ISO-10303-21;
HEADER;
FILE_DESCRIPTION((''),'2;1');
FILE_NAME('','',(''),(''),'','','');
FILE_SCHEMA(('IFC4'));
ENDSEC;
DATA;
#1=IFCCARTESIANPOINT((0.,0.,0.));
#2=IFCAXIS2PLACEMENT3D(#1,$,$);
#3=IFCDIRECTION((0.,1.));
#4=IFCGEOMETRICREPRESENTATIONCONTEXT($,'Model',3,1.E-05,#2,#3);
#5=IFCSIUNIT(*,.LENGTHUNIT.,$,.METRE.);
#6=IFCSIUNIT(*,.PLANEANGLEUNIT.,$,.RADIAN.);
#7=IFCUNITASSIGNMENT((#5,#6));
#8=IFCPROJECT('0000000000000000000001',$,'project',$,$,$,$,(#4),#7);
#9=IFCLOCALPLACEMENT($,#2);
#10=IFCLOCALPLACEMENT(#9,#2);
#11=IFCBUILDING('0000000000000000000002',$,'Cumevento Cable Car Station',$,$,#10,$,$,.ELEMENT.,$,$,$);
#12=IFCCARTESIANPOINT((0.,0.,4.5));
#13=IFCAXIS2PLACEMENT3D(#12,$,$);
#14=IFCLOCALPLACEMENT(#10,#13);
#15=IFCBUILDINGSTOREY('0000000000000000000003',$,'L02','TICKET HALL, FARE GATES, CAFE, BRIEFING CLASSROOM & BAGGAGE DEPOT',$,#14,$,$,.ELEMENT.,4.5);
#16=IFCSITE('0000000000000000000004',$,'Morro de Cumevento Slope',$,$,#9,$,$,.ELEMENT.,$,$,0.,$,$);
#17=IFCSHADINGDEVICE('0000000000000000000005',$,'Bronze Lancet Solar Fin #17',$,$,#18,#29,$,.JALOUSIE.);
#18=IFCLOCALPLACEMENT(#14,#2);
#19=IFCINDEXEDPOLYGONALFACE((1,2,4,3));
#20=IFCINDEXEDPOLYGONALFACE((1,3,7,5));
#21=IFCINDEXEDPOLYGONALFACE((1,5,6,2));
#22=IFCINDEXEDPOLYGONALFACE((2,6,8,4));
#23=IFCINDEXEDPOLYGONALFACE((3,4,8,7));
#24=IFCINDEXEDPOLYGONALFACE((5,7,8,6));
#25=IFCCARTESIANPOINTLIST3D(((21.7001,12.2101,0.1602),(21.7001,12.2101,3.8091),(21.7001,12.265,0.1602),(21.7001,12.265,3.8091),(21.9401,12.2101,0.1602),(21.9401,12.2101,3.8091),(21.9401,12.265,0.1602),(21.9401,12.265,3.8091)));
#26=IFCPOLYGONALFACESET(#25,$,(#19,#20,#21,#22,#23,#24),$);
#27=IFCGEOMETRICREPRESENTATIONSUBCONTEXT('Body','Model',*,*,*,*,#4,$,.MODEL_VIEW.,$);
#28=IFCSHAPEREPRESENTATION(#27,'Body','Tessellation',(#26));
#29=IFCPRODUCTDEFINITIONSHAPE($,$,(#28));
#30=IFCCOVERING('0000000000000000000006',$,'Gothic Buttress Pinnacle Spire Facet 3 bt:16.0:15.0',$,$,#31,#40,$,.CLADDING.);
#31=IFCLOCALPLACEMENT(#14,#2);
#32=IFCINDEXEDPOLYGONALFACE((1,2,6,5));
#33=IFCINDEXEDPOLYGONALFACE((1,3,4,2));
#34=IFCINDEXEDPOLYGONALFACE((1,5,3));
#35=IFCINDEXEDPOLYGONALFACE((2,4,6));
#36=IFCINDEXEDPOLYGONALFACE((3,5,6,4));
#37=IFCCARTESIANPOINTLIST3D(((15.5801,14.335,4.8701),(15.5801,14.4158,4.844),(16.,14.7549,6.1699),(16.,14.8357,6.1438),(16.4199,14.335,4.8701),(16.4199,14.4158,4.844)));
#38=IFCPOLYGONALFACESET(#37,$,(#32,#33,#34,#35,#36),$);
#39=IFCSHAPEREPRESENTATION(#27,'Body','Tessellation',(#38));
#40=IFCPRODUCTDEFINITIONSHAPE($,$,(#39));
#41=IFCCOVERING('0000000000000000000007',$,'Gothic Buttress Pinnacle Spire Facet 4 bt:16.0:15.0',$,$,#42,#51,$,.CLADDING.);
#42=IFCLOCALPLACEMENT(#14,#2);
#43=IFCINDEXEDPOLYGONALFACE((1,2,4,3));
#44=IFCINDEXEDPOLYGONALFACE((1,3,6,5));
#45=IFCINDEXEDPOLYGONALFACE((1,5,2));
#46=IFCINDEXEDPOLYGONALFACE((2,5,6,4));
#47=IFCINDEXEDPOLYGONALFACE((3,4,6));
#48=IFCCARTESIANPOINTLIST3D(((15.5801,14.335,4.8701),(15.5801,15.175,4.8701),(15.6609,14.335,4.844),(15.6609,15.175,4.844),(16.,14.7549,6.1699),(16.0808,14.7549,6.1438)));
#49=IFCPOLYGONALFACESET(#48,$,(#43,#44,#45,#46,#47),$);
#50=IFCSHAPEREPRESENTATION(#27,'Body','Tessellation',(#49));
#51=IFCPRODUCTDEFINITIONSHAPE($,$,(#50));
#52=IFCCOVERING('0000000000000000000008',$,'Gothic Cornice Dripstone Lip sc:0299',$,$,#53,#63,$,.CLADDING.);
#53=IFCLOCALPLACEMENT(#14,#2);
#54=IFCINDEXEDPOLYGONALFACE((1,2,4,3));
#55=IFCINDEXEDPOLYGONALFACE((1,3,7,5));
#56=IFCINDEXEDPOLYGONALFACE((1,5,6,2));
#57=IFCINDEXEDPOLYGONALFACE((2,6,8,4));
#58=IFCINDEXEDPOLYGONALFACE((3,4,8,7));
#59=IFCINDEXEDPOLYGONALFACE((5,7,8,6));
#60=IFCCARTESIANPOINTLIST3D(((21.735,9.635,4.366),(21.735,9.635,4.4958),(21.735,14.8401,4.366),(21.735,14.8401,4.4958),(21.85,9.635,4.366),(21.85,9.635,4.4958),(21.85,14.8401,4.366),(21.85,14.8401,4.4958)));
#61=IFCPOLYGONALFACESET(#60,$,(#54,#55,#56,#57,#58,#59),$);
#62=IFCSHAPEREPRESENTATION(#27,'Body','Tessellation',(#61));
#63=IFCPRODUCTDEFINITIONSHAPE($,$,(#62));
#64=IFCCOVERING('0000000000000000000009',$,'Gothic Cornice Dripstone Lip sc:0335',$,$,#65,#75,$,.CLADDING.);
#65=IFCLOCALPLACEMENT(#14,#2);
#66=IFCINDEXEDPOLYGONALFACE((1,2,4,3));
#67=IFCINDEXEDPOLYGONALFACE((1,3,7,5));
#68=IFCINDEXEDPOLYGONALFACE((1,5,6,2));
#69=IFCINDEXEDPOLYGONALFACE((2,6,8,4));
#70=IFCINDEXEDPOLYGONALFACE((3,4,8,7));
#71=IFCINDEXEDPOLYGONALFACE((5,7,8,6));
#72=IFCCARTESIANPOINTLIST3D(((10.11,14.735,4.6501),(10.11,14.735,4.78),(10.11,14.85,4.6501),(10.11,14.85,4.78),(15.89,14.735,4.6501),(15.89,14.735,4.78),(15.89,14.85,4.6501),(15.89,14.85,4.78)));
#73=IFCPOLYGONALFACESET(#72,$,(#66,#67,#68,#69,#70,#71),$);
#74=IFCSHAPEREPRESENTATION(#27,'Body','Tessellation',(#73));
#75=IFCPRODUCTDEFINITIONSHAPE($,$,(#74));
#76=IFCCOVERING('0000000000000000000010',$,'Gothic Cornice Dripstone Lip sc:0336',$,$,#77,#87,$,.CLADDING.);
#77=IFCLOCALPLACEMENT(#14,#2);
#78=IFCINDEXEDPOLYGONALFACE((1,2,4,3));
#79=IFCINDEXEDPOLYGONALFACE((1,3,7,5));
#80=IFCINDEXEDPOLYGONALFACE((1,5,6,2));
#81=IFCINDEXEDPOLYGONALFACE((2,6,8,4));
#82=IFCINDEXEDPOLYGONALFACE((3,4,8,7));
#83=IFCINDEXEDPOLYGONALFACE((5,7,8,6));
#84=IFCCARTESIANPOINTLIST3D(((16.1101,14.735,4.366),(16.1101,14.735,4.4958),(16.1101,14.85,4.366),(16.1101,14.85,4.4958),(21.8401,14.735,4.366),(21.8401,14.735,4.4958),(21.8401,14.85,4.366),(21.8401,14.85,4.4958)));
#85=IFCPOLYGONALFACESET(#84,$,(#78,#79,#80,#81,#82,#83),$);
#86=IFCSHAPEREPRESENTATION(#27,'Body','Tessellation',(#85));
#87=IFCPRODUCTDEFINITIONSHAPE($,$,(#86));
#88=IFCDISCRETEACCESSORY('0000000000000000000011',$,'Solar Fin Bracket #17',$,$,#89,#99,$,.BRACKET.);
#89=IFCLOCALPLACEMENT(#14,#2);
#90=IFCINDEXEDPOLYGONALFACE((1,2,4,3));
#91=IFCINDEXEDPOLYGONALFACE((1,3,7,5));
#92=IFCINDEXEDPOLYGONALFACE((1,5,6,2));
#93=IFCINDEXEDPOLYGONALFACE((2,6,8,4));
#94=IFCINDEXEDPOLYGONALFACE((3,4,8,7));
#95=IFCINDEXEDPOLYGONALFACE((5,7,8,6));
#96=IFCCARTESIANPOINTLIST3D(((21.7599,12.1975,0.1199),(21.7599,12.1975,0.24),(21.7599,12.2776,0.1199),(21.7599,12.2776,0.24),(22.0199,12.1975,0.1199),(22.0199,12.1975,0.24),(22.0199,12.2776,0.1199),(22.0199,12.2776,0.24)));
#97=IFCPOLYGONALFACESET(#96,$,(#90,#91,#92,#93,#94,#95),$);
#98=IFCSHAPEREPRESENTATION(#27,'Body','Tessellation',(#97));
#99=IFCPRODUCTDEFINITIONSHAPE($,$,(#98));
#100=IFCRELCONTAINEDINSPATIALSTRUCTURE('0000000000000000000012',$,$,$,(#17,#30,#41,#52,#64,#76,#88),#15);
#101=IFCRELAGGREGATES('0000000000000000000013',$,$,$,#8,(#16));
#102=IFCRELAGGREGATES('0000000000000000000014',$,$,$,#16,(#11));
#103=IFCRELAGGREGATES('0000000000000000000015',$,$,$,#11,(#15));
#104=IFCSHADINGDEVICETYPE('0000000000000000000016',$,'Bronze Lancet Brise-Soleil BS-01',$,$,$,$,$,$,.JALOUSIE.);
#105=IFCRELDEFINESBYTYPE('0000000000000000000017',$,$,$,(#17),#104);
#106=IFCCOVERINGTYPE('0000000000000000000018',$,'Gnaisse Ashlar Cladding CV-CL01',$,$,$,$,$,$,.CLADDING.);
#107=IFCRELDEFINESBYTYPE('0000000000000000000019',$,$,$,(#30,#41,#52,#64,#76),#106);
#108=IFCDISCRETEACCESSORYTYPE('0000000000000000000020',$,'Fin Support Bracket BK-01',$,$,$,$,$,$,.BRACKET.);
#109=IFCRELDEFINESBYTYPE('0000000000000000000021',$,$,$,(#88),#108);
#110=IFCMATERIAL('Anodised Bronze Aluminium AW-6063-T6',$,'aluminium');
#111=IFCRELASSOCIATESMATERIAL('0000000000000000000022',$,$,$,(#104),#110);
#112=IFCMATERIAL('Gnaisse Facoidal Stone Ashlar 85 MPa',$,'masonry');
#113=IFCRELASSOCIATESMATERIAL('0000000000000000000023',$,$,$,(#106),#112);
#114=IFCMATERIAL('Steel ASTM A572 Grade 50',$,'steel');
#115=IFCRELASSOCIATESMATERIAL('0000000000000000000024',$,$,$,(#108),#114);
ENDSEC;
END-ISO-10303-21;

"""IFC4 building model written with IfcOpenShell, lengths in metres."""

from ifc_helpers import new_model, si_unit, direction, frame, origin, origin_2d, place, context, subcontext, project, spatial, polyline, rectangle, outline, extrude, material, type_object, element, save


model = new_model("IFC4")

# Units and contexts
model_context = context("Model", 3, precision=1e-05, world=origin(), true_north=direction((0.0, 1.0)))
body_context = subcontext(model_context, "Body", "Model", "MODEL_VIEW")
ifc_project = project(units=[si_unit("LENGTHUNIT", "METRE"), si_unit("PLANEANGLEUNIT", "RADIAN")], contexts=[model_context])

# Site, building, storey
site_placement = place(None, origin())
site = spatial("IfcSite", under=ifc_project, at=site_placement, Name="Morro de Cumevento Slope", CompositionType="ELEMENT", RefElevation=0.0)
building_placement = place(site_placement, origin())
building = spatial("IfcBuilding", under=site, at=building_placement, Name="Cumevento Cable Car Station", CompositionType="ELEMENT")
storey_placement = place(building_placement, frame((0.0, 0.0, 4.5)))
storey = spatial("IfcBuildingStorey", under=building, at=storey_placement, Name="L02", Description="TICKET HALL, FARE GATES, CAFE, BRIEFING CLASSROOM & BAGGAGE DEPOT", CompositionType="ELEMENT", Elevation=4.5)

# Shading device
ifc_material_1 = material(Name="Anodised Bronze Aluminium AW-6063-T6", Category="aluminium")
shading_device_type = type_object("IfcShadingDeviceType", Name="Bronze Lancet Brise-Soleil BS-01", PredefinedType="JALOUSIE", material=ifc_material_1)
shading_device_placement = place(storey_placement, frame((21.8201, 12.2375, 0.1602), z_axis=(0.0, 0.0, 1.0), x_axis=(0.0, 1.0, 0.0)))
element("IfcShadingDevice", 1, at=shading_device_placement, inside=storey, type_object=shading_device_type, Name="Bronze Lancet Solar Fin #17", PredefinedType="JALOUSIE", context=body_context, shape_type="SweptSolid", body=[
    extrude(rectangle(XDim=0.0549, YDim=0.24, at=origin_2d()), origin(), (0.0, 0.0, 1.0), 3.6489),
])

# Coverings
ifc_material_2 = material(Name="Gnaisse Facoidal Stone Ashlar 85 MPa", Category="masonry")
covering_type = type_object("IfcCoveringType", Name="Gnaisse Ashlar Cladding CV-CL01", PredefinedType="CLADDING", material=ifc_material_2)
covering_1_placement = place(storey_placement, frame((16.4199, 14.335, 4.8701), z_axis=(0.0, -0.951574, 0.307421), x_axis=(-1.0, 0.0, 0.0)))
element("IfcCovering", 2, at=covering_1_placement, inside=storey, type_object=covering_type, Name="Gothic Buttress Pinnacle Spire Facet 3 bt:16.0:15.0", PredefinedType="CLADDING", context=body_context, shape_type="SweptSolid", body=[
    extrude(outline(polyline([(0.0, 0.0), (0.8398, 0.0), (0.4199, -1.366), (0.0, 0.0)])), origin(), (0.0, 0.0, -1.0), 0.085),
])
covering_2_placement = place(storey_placement, frame((15.5801, 14.335, 4.8701), z_axis=(-0.951574, 0.0, 0.307421), x_axis=(0.0, 1.0, 0.0)))
element("IfcCovering", 3, at=covering_2_placement, inside=storey, type_object=covering_type, Name="Gothic Buttress Pinnacle Spire Facet 4 bt:16.0:15.0", PredefinedType="CLADDING", context=body_context, shape_type="SweptSolid", body=[
    extrude(outline(polyline([(0.0, 0.0), (0.8401, 0.0), (0.4199, -1.366), (0.0, 0.0)])), origin(), (0.0, 0.0, -1.0), 0.085),
])
covering_3_placement = place(storey_placement, frame((21.7925, 12.2375, 4.366), z_axis=(0.0, 0.0, 1.0), x_axis=(0.0, 1.0, 0.0)))
element("IfcCovering", 4, at=covering_3_placement, inside=storey, type_object=covering_type, Name="Gothic Cornice Dripstone Lip sc:0299", PredefinedType="CLADDING", context=body_context, shape_type="SweptSolid", body=[
    extrude(rectangle(XDim=5.2051, YDim=0.115, at=origin_2d()), origin(), (0.0, 0.0, 1.0), 0.1299),
])
covering_4_placement = place(storey_placement, frame((13.0, 14.7925, 4.6501), z_axis=(0.0, 0.0, 1.0), x_axis=(-1.0, 0.0, 0.0)))
element("IfcCovering", 5, at=covering_4_placement, inside=storey, type_object=covering_type, Name="Gothic Cornice Dripstone Lip sc:0335", PredefinedType="CLADDING", context=body_context, shape_type="SweptSolid", body=[
    extrude(rectangle(XDim=5.78, YDim=0.115, at=origin_2d()), origin(), (0.0, 0.0, 1.0), 0.1299),
])
covering_5_placement = place(storey_placement, frame((18.9751, 14.7925, 4.366), z_axis=(0.0, 0.0, 1.0), x_axis=(-1.0, 0.0, 0.0)))
element("IfcCovering", 6, at=covering_5_placement, inside=storey, type_object=covering_type, Name="Gothic Cornice Dripstone Lip sc:0336", PredefinedType="CLADDING", context=body_context, shape_type="SweptSolid", body=[
    extrude(rectangle(XDim=5.73, YDim=0.115, at=origin_2d()), origin(), (0.0, 0.0, 1.0), 0.1299),
])

# Discrete accessory
ifc_material_3 = material(Name="Steel ASTM A572 Grade 50", Category="steel")
discrete_accessory_type = type_object("IfcDiscreteAccessoryType", Name="Fin Support Bracket BK-01", PredefinedType="BRACKET", material=ifc_material_3)
discrete_accessory_placement = place(storey_placement, frame((21.8899, 12.2375, 0.1199), z_axis=(0.0, 0.0, 1.0), x_axis=(0.0, 1.0, 0.0)))
element("IfcDiscreteAccessory", 7, at=discrete_accessory_placement, inside=storey, type_object=discrete_accessory_type, Name="Solar Fin Bracket #17", PredefinedType="BRACKET", context=body_context, shape_type="SweptSolid", body=[
    extrude(rectangle(XDim=0.0801, YDim=0.26, at=origin_2d()), origin(), (0.0, 0.0, 1.0), 0.1201),
])

save(model, "model.ifc")
